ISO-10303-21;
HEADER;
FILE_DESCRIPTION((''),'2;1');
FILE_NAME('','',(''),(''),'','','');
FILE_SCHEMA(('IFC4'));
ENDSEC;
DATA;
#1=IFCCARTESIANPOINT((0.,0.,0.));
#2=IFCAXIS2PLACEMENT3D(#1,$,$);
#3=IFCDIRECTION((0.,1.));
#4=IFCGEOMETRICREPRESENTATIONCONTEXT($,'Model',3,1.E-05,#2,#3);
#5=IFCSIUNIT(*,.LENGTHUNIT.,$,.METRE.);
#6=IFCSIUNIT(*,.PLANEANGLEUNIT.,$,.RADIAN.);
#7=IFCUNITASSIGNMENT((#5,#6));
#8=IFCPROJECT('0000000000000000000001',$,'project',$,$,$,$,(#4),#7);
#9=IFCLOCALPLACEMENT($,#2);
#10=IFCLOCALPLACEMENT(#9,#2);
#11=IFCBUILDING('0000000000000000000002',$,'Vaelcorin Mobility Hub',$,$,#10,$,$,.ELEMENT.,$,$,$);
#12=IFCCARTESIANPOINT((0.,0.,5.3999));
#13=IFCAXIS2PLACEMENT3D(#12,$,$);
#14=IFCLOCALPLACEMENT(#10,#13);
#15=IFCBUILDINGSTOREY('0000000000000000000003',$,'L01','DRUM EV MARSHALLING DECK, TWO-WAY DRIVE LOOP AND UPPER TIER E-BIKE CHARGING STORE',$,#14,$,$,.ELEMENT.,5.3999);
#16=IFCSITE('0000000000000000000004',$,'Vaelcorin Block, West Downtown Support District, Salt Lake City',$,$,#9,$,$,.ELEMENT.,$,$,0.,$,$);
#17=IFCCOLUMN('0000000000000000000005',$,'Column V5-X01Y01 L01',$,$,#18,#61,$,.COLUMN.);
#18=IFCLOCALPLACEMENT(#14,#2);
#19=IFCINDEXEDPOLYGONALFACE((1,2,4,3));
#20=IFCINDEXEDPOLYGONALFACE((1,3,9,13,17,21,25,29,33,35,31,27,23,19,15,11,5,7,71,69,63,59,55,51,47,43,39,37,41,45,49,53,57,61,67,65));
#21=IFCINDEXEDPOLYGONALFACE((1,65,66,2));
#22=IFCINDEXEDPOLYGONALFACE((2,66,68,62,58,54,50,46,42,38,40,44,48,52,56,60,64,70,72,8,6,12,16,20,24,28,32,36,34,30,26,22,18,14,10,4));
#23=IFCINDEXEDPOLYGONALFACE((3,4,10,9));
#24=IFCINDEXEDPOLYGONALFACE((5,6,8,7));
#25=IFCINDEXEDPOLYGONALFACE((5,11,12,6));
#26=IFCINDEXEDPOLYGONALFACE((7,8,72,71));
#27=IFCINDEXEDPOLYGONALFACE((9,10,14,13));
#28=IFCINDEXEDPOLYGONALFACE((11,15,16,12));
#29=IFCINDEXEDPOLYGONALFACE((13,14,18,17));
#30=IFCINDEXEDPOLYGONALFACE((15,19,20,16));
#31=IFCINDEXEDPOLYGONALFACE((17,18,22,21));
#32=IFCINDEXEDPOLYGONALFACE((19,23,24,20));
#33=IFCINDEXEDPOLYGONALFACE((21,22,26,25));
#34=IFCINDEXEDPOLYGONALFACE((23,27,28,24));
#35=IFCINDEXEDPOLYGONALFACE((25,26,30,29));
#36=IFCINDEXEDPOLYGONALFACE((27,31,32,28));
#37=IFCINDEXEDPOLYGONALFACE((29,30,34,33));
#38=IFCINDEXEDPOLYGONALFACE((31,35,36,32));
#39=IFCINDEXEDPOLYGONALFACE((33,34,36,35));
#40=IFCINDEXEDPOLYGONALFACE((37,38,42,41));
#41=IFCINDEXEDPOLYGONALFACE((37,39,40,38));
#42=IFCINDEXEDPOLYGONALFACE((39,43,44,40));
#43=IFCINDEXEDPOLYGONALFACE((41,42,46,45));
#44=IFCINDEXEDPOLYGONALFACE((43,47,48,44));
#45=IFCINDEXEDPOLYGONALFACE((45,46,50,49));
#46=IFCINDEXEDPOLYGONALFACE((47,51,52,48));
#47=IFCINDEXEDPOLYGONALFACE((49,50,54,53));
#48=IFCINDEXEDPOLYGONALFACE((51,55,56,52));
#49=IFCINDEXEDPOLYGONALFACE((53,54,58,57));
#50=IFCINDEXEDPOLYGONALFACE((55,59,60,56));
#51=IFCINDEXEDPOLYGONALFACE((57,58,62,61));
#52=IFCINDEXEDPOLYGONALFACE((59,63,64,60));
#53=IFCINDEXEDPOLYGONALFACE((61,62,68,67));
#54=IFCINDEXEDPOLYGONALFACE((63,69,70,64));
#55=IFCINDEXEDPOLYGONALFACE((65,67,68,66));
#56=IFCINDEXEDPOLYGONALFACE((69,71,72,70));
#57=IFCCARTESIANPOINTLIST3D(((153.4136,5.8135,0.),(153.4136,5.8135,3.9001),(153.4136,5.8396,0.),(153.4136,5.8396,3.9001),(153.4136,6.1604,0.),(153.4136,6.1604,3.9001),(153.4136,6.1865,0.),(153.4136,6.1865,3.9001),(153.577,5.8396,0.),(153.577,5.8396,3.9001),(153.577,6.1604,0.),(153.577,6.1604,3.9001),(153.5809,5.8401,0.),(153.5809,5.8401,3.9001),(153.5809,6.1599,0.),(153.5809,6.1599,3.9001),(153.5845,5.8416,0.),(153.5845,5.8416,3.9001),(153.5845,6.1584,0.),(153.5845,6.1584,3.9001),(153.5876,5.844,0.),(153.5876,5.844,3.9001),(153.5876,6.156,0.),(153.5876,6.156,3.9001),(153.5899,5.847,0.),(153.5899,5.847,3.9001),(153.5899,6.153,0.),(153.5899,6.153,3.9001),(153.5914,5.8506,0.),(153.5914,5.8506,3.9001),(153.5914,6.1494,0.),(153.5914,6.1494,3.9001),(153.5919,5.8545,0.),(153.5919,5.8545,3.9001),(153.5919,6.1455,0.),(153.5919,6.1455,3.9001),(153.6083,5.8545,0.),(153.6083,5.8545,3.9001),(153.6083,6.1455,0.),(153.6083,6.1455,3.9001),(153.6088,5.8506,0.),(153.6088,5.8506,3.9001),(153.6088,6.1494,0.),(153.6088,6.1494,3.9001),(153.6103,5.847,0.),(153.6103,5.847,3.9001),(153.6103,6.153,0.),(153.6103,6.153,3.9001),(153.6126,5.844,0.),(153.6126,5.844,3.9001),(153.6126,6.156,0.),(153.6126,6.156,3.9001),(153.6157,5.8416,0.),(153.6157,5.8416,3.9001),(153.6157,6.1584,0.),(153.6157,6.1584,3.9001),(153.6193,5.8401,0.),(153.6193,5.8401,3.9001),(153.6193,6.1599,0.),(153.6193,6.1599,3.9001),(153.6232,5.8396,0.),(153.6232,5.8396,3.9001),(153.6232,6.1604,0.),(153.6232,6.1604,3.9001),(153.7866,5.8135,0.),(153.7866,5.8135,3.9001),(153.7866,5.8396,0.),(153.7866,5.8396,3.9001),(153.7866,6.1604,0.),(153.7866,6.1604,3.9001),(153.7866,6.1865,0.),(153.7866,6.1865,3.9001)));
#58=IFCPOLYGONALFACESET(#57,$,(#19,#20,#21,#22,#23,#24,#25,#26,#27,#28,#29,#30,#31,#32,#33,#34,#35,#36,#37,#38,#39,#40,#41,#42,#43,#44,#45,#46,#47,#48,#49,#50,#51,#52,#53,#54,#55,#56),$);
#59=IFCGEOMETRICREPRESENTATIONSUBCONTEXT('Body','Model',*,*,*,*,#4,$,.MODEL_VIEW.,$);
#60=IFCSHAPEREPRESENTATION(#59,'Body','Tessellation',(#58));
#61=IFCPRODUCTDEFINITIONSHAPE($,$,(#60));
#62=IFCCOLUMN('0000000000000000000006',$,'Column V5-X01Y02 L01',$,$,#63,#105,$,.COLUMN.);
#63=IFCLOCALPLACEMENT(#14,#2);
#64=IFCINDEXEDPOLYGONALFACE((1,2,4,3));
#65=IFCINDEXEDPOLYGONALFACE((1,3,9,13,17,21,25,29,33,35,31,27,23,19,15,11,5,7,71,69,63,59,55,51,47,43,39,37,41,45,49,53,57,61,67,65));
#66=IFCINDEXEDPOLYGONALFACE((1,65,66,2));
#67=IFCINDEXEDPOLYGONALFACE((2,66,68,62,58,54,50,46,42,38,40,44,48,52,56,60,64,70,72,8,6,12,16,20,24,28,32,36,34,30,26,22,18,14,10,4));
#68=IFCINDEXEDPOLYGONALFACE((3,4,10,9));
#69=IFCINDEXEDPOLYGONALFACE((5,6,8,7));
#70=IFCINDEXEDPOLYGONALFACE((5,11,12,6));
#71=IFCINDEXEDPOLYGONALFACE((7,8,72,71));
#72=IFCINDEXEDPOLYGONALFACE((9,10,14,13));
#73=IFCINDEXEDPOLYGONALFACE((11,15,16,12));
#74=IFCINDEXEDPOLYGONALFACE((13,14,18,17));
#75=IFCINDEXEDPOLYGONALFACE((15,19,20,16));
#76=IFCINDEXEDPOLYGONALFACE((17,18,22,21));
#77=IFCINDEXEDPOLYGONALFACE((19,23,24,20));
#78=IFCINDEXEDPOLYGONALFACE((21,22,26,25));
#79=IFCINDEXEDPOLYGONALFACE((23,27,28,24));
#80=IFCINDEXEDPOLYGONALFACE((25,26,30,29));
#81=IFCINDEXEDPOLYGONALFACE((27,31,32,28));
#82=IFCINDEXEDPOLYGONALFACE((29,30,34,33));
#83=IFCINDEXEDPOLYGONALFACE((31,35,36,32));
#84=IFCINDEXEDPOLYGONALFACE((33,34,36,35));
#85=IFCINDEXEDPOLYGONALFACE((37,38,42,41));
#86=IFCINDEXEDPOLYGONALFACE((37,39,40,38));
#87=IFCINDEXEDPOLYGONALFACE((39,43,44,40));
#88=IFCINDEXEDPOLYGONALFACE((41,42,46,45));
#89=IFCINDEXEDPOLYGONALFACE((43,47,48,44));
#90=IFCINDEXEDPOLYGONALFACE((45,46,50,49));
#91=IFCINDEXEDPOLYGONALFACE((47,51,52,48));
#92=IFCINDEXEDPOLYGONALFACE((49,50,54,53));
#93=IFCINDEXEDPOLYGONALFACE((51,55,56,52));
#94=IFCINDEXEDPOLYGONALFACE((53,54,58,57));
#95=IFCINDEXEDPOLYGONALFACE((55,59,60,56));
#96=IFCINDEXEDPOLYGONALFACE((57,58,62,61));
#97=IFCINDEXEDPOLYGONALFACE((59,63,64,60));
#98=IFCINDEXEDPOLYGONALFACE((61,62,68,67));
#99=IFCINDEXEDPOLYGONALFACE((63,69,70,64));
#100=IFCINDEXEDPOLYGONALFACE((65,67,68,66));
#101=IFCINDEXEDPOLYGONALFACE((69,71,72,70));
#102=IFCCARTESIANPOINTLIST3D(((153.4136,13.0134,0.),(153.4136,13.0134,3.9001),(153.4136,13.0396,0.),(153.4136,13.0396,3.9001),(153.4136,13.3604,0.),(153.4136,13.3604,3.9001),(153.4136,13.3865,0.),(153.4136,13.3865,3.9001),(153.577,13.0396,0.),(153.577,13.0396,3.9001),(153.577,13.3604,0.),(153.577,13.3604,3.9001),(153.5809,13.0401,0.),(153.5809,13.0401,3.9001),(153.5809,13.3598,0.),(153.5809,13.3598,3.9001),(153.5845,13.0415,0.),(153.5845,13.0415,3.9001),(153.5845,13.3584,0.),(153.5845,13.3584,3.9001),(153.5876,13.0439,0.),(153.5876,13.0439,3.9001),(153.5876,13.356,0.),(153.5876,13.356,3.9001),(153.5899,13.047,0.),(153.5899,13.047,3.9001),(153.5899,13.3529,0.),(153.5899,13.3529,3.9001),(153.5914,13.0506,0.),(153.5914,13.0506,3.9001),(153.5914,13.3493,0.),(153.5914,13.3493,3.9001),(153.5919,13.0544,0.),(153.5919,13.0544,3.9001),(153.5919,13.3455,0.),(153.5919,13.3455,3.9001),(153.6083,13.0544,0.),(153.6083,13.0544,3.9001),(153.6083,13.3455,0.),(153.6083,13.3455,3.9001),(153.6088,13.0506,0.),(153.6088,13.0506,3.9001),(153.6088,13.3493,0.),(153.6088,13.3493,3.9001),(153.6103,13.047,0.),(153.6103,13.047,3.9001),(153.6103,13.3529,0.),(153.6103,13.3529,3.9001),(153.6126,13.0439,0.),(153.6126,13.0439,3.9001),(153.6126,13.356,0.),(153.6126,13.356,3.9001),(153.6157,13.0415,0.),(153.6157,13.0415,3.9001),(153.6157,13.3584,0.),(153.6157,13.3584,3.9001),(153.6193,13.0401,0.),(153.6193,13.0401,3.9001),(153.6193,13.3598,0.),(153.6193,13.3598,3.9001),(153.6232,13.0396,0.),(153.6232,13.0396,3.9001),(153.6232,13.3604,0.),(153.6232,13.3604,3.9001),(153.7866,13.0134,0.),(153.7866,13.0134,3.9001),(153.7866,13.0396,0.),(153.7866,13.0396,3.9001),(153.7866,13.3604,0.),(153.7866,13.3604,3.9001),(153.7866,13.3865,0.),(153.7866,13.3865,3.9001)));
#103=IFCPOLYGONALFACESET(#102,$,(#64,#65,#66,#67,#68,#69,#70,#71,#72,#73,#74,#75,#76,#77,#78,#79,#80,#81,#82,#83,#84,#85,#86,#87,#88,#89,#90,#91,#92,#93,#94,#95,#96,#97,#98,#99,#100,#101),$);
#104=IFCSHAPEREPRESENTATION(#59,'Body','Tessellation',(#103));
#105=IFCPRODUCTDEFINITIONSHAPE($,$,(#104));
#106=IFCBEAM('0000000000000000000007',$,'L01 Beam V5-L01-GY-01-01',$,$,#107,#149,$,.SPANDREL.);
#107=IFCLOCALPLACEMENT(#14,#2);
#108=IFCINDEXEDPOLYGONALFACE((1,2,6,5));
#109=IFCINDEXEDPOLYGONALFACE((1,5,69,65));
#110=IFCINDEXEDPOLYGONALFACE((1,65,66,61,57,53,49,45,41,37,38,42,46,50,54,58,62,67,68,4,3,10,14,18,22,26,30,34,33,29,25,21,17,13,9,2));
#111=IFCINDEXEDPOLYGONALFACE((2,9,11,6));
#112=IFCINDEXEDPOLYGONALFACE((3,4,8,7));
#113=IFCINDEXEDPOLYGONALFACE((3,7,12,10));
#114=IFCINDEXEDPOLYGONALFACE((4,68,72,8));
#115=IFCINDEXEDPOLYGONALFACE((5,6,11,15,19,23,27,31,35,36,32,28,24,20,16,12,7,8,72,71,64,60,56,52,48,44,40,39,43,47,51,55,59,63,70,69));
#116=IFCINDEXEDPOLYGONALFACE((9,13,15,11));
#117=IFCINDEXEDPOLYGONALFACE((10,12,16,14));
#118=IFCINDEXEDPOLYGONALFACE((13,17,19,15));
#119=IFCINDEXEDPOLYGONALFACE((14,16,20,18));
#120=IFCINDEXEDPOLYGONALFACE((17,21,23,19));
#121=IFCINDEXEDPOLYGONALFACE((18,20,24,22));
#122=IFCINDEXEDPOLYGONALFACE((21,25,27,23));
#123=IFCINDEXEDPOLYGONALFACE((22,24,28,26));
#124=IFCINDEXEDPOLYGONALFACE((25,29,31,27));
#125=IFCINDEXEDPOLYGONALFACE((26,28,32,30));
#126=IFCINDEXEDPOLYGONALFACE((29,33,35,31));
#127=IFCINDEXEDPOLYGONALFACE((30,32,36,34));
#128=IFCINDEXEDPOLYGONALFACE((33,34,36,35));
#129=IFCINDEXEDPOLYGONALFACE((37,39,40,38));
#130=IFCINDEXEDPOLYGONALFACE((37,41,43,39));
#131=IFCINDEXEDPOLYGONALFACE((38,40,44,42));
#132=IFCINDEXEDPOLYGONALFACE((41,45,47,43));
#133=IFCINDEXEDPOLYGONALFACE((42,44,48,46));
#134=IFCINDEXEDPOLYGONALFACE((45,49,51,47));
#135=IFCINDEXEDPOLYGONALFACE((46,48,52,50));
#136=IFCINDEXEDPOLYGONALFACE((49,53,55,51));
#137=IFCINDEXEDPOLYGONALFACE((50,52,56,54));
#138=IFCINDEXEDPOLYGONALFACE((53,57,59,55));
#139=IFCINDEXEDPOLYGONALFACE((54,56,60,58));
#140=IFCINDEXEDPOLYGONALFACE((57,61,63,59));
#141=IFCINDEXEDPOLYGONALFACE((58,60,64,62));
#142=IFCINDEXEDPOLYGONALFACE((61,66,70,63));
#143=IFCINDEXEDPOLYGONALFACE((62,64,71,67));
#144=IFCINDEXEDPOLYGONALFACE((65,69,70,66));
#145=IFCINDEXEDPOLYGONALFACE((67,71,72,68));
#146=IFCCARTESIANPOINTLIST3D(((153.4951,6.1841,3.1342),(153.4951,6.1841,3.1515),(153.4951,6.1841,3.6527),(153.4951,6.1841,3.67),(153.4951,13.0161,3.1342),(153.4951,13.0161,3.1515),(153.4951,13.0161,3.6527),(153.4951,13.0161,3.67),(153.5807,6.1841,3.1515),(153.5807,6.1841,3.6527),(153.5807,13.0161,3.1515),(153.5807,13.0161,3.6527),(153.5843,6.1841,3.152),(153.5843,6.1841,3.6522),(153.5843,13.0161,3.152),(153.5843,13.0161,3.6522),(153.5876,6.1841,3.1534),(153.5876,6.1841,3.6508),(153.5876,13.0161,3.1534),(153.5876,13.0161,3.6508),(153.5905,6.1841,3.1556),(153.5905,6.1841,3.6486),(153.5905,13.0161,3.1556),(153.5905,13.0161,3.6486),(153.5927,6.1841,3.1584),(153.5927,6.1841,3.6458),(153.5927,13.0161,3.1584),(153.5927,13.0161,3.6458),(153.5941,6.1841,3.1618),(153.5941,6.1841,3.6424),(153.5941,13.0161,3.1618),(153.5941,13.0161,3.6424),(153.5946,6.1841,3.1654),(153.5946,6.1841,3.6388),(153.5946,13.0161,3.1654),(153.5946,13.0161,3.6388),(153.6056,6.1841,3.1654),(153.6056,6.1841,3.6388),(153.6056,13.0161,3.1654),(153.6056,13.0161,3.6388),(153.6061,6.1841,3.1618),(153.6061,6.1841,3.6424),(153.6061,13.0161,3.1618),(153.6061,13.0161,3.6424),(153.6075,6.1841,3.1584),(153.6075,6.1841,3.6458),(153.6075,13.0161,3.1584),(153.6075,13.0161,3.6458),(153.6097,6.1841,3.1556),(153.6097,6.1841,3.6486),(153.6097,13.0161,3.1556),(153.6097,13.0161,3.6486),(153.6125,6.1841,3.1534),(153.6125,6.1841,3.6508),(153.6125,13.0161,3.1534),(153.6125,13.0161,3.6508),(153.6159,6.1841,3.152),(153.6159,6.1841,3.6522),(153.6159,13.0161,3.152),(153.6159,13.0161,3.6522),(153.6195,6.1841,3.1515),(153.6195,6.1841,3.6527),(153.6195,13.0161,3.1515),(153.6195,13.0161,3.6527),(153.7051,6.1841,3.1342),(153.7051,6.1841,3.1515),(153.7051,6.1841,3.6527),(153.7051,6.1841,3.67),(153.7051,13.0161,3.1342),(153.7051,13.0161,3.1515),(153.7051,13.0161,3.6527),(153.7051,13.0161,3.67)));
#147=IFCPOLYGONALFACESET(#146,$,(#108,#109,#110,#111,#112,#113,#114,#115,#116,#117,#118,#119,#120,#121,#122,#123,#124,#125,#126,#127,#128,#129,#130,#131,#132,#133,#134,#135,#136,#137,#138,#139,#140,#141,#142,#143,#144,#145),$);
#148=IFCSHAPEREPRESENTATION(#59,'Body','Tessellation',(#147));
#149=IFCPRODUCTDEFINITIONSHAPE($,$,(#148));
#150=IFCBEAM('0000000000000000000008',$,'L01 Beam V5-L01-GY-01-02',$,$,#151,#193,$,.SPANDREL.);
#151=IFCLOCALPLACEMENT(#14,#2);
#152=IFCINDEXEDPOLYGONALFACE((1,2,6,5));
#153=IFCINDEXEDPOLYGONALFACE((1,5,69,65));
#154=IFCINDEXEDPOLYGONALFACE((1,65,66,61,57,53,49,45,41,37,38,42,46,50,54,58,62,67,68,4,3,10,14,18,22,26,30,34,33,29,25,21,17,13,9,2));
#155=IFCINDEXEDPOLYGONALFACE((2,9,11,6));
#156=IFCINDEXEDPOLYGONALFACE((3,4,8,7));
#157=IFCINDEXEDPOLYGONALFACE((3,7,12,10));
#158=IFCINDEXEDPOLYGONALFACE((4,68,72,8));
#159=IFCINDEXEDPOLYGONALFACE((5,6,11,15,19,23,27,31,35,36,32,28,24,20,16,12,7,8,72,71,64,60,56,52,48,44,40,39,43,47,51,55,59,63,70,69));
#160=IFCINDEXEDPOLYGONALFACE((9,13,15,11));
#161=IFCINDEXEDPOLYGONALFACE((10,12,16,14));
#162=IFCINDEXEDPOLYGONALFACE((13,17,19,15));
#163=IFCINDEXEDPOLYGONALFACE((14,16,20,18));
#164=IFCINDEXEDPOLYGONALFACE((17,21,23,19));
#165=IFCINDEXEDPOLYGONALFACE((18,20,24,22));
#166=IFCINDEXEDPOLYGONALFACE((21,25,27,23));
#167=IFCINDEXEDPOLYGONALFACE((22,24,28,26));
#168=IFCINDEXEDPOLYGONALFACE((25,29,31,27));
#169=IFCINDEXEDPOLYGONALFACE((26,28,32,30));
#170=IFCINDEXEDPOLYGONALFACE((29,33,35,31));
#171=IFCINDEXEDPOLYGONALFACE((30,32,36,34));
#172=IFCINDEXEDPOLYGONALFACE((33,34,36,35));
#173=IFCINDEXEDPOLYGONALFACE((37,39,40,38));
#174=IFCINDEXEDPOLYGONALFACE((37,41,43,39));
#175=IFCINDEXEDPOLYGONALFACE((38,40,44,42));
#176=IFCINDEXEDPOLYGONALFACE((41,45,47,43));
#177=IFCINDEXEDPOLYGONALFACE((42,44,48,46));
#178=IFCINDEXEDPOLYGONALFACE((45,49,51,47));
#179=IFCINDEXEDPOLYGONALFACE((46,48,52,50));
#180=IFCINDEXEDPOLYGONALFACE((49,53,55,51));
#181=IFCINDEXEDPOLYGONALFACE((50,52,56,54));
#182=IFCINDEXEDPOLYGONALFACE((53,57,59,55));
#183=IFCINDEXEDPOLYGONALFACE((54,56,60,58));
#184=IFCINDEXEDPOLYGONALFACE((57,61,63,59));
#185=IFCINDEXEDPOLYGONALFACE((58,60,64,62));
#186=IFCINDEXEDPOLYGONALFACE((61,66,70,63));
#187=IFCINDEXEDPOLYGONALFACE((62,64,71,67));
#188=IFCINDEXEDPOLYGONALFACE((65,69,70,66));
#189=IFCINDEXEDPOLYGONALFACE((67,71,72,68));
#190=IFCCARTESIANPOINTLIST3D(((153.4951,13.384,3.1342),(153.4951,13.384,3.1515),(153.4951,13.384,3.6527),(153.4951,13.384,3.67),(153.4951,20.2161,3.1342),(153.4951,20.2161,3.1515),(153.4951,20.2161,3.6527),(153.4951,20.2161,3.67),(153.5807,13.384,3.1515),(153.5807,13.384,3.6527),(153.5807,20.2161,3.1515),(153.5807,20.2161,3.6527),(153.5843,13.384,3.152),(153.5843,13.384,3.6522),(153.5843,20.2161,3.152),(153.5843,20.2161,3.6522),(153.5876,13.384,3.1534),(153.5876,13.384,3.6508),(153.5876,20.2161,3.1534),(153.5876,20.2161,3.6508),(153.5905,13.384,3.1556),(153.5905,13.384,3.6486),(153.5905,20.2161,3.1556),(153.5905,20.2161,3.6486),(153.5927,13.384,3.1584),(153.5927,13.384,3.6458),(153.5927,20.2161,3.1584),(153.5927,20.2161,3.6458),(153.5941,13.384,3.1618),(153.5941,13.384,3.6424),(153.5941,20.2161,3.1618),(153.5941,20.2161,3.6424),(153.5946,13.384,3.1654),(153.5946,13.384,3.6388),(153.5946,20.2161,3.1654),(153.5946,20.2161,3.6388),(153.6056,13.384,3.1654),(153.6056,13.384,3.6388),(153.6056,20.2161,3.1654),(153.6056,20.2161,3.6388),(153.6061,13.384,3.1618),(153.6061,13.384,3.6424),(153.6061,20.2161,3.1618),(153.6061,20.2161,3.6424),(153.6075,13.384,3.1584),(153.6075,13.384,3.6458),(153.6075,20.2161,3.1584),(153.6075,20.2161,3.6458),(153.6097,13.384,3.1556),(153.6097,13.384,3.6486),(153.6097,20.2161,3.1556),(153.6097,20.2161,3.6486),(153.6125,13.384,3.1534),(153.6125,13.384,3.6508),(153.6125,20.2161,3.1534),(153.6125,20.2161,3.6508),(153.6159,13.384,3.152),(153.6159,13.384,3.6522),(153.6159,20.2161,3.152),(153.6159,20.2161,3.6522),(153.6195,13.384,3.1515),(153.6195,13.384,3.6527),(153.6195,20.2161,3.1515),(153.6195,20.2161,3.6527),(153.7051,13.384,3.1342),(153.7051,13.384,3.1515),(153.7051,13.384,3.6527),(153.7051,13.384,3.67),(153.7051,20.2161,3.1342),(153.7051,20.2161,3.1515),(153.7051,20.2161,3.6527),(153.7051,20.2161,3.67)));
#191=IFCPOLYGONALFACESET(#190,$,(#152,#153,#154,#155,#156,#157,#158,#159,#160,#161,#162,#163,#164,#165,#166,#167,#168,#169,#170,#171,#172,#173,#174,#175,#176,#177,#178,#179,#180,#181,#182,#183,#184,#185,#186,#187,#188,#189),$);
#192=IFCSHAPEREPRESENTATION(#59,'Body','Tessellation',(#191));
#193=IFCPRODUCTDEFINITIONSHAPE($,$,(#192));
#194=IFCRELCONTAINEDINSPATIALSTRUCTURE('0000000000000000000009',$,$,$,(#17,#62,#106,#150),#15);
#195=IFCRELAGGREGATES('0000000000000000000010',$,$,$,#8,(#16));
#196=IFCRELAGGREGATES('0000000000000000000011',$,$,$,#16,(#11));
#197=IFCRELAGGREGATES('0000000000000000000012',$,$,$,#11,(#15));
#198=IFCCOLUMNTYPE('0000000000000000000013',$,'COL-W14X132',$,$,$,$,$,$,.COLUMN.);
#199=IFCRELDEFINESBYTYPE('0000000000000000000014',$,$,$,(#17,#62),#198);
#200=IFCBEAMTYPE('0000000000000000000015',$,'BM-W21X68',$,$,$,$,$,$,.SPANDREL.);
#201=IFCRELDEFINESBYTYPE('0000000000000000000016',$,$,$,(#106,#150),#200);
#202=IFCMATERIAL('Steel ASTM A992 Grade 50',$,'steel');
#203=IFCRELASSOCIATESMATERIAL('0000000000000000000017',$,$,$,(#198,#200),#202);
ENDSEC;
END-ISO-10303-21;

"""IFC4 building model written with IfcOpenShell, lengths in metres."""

from ifc_helpers import new_model, si_unit, direction, frame, origin, origin_2d, place, context, subcontext, project, spatial, i_section, extrude, material, material_profile, profile_set, type_object, element, save


model = new_model("IFC4")

# Units and contexts
model_context = context("Model", 3, precision=1e-05, world=origin(), true_north=direction((0.0, 1.0)))
body_context = subcontext(model_context, "Body", "Model", "MODEL_VIEW")
ifc_project = project(units=[si_unit("LENGTHUNIT", "METRE"), si_unit("PLANEANGLEUNIT", "RADIAN")], contexts=[model_context])

# Site, building, storey
site_placement = place(None, origin())
site = spatial("IfcSite", under=ifc_project, at=site_placement, Name="Vaelcorin Block, West Downtown Support District, Salt Lake City", CompositionType="ELEMENT", RefElevation=0.0)
building_placement = place(site_placement, origin())
building = spatial("IfcBuilding", under=site, at=building_placement, Name="Vaelcorin Mobility Hub", CompositionType="ELEMENT")
storey_placement = place(building_placement, frame((0.0, 0.0, 5.3999)))
storey = spatial("IfcBuildingStorey", under=building, at=storey_placement, Name="L01", Description="DRUM EV MARSHALLING DECK, TWO-WAY DRIVE LOOP AND UPPER TIER E-BIKE CHARGING STORE", CompositionType="ELEMENT", Elevation=5.3999)

# Columns
ifc_material_1 = material(Name="Steel ASTM A992 Grade 50", Category="steel")
ifc_material_profile_1 = material_profile(ifc_material_1, i_section(OverallWidth=0.373, OverallDepth=0.373, WebThickness=0.0164, FlangeThickness=0.0261, FilletRadius=0.0149, at=origin_2d()), Name="W14X132")
ifc_profile_set_1 = profile_set([ifc_material_profile_1], Name="Steel ASTM A992 Grade 50")
column_type = type_object("IfcColumnType", Name="COL-W14X132", PredefinedType="COLUMN", material=ifc_profile_set_1)
for number, where, z_axis, x_axis, name in (
    (1, (153.6001, 6.0, 0.0), (0.0, 0.0, 1.0), (1.0, 0.0, 0.0), "Column V5-X01Y01 L01"),
    (2, (153.6001, 13.2, 0.0), (0.0, 0.0, 1.0), (1.0, 0.0, 0.0), "Column V5-X01Y02 L01"),
):
    element("IfcColumn", number, at=place(storey_placement, frame(where, z_axis=z_axis, x_axis=x_axis)), inside=storey, type_object=column_type, Name=name, PredefinedType="COLUMN", context=body_context, shape_type="SweptSolid", body=[
        extrude(i_section(OverallWidth=0.373, OverallDepth=0.373, WebThickness=0.0164, FlangeThickness=0.0261, FilletRadius=0.0149, at=origin_2d()), origin(), (0.0, 0.0, 1.0), 3.9001),
    ])

# Beams
ifc_material_profile_2 = material_profile(ifc_material_1, i_section(OverallWidth=0.21, OverallDepth=0.5359, WebThickness=0.011, FlangeThickness=0.0173, FilletRadius=0.0139, at=origin_2d()), Name="W21X68")
ifc_profile_set_2 = profile_set([ifc_material_profile_2], Name="Steel ASTM A992 Grade 50")
beam_type = type_object("IfcBeamType", Name="BM-W21X68", PredefinedType="SPANDREL", material=ifc_profile_set_2)
for number, where, z_axis, x_axis, name in (
    (3, (153.6001, 6.1841, 3.4021), (0.0, 1.0, 0.0), (-1.0, 0.0, 0.0), "L01 Beam V5-L01-GY-01-01"),
    (4, (153.6001, 13.384, 3.4021), (0.0, 1.0, 0.0), (-1.0, 0.0, 0.0), "L01 Beam V5-L01-GY-01-02"),
):
    element("IfcBeam", number, at=place(storey_placement, frame(where, z_axis=z_axis, x_axis=x_axis)), inside=storey, type_object=beam_type, Name=name, PredefinedType="SPANDREL", context=body_context, shape_type="SweptSolid", body=[
        extrude(i_section(OverallWidth=0.21, OverallDepth=0.5359, WebThickness=0.011, FlangeThickness=0.0173, FilletRadius=0.0139, at=origin_2d()), origin(), (0.0, 0.0, 1.0), 6.832),
    ])

save(model, "model.ifc")
